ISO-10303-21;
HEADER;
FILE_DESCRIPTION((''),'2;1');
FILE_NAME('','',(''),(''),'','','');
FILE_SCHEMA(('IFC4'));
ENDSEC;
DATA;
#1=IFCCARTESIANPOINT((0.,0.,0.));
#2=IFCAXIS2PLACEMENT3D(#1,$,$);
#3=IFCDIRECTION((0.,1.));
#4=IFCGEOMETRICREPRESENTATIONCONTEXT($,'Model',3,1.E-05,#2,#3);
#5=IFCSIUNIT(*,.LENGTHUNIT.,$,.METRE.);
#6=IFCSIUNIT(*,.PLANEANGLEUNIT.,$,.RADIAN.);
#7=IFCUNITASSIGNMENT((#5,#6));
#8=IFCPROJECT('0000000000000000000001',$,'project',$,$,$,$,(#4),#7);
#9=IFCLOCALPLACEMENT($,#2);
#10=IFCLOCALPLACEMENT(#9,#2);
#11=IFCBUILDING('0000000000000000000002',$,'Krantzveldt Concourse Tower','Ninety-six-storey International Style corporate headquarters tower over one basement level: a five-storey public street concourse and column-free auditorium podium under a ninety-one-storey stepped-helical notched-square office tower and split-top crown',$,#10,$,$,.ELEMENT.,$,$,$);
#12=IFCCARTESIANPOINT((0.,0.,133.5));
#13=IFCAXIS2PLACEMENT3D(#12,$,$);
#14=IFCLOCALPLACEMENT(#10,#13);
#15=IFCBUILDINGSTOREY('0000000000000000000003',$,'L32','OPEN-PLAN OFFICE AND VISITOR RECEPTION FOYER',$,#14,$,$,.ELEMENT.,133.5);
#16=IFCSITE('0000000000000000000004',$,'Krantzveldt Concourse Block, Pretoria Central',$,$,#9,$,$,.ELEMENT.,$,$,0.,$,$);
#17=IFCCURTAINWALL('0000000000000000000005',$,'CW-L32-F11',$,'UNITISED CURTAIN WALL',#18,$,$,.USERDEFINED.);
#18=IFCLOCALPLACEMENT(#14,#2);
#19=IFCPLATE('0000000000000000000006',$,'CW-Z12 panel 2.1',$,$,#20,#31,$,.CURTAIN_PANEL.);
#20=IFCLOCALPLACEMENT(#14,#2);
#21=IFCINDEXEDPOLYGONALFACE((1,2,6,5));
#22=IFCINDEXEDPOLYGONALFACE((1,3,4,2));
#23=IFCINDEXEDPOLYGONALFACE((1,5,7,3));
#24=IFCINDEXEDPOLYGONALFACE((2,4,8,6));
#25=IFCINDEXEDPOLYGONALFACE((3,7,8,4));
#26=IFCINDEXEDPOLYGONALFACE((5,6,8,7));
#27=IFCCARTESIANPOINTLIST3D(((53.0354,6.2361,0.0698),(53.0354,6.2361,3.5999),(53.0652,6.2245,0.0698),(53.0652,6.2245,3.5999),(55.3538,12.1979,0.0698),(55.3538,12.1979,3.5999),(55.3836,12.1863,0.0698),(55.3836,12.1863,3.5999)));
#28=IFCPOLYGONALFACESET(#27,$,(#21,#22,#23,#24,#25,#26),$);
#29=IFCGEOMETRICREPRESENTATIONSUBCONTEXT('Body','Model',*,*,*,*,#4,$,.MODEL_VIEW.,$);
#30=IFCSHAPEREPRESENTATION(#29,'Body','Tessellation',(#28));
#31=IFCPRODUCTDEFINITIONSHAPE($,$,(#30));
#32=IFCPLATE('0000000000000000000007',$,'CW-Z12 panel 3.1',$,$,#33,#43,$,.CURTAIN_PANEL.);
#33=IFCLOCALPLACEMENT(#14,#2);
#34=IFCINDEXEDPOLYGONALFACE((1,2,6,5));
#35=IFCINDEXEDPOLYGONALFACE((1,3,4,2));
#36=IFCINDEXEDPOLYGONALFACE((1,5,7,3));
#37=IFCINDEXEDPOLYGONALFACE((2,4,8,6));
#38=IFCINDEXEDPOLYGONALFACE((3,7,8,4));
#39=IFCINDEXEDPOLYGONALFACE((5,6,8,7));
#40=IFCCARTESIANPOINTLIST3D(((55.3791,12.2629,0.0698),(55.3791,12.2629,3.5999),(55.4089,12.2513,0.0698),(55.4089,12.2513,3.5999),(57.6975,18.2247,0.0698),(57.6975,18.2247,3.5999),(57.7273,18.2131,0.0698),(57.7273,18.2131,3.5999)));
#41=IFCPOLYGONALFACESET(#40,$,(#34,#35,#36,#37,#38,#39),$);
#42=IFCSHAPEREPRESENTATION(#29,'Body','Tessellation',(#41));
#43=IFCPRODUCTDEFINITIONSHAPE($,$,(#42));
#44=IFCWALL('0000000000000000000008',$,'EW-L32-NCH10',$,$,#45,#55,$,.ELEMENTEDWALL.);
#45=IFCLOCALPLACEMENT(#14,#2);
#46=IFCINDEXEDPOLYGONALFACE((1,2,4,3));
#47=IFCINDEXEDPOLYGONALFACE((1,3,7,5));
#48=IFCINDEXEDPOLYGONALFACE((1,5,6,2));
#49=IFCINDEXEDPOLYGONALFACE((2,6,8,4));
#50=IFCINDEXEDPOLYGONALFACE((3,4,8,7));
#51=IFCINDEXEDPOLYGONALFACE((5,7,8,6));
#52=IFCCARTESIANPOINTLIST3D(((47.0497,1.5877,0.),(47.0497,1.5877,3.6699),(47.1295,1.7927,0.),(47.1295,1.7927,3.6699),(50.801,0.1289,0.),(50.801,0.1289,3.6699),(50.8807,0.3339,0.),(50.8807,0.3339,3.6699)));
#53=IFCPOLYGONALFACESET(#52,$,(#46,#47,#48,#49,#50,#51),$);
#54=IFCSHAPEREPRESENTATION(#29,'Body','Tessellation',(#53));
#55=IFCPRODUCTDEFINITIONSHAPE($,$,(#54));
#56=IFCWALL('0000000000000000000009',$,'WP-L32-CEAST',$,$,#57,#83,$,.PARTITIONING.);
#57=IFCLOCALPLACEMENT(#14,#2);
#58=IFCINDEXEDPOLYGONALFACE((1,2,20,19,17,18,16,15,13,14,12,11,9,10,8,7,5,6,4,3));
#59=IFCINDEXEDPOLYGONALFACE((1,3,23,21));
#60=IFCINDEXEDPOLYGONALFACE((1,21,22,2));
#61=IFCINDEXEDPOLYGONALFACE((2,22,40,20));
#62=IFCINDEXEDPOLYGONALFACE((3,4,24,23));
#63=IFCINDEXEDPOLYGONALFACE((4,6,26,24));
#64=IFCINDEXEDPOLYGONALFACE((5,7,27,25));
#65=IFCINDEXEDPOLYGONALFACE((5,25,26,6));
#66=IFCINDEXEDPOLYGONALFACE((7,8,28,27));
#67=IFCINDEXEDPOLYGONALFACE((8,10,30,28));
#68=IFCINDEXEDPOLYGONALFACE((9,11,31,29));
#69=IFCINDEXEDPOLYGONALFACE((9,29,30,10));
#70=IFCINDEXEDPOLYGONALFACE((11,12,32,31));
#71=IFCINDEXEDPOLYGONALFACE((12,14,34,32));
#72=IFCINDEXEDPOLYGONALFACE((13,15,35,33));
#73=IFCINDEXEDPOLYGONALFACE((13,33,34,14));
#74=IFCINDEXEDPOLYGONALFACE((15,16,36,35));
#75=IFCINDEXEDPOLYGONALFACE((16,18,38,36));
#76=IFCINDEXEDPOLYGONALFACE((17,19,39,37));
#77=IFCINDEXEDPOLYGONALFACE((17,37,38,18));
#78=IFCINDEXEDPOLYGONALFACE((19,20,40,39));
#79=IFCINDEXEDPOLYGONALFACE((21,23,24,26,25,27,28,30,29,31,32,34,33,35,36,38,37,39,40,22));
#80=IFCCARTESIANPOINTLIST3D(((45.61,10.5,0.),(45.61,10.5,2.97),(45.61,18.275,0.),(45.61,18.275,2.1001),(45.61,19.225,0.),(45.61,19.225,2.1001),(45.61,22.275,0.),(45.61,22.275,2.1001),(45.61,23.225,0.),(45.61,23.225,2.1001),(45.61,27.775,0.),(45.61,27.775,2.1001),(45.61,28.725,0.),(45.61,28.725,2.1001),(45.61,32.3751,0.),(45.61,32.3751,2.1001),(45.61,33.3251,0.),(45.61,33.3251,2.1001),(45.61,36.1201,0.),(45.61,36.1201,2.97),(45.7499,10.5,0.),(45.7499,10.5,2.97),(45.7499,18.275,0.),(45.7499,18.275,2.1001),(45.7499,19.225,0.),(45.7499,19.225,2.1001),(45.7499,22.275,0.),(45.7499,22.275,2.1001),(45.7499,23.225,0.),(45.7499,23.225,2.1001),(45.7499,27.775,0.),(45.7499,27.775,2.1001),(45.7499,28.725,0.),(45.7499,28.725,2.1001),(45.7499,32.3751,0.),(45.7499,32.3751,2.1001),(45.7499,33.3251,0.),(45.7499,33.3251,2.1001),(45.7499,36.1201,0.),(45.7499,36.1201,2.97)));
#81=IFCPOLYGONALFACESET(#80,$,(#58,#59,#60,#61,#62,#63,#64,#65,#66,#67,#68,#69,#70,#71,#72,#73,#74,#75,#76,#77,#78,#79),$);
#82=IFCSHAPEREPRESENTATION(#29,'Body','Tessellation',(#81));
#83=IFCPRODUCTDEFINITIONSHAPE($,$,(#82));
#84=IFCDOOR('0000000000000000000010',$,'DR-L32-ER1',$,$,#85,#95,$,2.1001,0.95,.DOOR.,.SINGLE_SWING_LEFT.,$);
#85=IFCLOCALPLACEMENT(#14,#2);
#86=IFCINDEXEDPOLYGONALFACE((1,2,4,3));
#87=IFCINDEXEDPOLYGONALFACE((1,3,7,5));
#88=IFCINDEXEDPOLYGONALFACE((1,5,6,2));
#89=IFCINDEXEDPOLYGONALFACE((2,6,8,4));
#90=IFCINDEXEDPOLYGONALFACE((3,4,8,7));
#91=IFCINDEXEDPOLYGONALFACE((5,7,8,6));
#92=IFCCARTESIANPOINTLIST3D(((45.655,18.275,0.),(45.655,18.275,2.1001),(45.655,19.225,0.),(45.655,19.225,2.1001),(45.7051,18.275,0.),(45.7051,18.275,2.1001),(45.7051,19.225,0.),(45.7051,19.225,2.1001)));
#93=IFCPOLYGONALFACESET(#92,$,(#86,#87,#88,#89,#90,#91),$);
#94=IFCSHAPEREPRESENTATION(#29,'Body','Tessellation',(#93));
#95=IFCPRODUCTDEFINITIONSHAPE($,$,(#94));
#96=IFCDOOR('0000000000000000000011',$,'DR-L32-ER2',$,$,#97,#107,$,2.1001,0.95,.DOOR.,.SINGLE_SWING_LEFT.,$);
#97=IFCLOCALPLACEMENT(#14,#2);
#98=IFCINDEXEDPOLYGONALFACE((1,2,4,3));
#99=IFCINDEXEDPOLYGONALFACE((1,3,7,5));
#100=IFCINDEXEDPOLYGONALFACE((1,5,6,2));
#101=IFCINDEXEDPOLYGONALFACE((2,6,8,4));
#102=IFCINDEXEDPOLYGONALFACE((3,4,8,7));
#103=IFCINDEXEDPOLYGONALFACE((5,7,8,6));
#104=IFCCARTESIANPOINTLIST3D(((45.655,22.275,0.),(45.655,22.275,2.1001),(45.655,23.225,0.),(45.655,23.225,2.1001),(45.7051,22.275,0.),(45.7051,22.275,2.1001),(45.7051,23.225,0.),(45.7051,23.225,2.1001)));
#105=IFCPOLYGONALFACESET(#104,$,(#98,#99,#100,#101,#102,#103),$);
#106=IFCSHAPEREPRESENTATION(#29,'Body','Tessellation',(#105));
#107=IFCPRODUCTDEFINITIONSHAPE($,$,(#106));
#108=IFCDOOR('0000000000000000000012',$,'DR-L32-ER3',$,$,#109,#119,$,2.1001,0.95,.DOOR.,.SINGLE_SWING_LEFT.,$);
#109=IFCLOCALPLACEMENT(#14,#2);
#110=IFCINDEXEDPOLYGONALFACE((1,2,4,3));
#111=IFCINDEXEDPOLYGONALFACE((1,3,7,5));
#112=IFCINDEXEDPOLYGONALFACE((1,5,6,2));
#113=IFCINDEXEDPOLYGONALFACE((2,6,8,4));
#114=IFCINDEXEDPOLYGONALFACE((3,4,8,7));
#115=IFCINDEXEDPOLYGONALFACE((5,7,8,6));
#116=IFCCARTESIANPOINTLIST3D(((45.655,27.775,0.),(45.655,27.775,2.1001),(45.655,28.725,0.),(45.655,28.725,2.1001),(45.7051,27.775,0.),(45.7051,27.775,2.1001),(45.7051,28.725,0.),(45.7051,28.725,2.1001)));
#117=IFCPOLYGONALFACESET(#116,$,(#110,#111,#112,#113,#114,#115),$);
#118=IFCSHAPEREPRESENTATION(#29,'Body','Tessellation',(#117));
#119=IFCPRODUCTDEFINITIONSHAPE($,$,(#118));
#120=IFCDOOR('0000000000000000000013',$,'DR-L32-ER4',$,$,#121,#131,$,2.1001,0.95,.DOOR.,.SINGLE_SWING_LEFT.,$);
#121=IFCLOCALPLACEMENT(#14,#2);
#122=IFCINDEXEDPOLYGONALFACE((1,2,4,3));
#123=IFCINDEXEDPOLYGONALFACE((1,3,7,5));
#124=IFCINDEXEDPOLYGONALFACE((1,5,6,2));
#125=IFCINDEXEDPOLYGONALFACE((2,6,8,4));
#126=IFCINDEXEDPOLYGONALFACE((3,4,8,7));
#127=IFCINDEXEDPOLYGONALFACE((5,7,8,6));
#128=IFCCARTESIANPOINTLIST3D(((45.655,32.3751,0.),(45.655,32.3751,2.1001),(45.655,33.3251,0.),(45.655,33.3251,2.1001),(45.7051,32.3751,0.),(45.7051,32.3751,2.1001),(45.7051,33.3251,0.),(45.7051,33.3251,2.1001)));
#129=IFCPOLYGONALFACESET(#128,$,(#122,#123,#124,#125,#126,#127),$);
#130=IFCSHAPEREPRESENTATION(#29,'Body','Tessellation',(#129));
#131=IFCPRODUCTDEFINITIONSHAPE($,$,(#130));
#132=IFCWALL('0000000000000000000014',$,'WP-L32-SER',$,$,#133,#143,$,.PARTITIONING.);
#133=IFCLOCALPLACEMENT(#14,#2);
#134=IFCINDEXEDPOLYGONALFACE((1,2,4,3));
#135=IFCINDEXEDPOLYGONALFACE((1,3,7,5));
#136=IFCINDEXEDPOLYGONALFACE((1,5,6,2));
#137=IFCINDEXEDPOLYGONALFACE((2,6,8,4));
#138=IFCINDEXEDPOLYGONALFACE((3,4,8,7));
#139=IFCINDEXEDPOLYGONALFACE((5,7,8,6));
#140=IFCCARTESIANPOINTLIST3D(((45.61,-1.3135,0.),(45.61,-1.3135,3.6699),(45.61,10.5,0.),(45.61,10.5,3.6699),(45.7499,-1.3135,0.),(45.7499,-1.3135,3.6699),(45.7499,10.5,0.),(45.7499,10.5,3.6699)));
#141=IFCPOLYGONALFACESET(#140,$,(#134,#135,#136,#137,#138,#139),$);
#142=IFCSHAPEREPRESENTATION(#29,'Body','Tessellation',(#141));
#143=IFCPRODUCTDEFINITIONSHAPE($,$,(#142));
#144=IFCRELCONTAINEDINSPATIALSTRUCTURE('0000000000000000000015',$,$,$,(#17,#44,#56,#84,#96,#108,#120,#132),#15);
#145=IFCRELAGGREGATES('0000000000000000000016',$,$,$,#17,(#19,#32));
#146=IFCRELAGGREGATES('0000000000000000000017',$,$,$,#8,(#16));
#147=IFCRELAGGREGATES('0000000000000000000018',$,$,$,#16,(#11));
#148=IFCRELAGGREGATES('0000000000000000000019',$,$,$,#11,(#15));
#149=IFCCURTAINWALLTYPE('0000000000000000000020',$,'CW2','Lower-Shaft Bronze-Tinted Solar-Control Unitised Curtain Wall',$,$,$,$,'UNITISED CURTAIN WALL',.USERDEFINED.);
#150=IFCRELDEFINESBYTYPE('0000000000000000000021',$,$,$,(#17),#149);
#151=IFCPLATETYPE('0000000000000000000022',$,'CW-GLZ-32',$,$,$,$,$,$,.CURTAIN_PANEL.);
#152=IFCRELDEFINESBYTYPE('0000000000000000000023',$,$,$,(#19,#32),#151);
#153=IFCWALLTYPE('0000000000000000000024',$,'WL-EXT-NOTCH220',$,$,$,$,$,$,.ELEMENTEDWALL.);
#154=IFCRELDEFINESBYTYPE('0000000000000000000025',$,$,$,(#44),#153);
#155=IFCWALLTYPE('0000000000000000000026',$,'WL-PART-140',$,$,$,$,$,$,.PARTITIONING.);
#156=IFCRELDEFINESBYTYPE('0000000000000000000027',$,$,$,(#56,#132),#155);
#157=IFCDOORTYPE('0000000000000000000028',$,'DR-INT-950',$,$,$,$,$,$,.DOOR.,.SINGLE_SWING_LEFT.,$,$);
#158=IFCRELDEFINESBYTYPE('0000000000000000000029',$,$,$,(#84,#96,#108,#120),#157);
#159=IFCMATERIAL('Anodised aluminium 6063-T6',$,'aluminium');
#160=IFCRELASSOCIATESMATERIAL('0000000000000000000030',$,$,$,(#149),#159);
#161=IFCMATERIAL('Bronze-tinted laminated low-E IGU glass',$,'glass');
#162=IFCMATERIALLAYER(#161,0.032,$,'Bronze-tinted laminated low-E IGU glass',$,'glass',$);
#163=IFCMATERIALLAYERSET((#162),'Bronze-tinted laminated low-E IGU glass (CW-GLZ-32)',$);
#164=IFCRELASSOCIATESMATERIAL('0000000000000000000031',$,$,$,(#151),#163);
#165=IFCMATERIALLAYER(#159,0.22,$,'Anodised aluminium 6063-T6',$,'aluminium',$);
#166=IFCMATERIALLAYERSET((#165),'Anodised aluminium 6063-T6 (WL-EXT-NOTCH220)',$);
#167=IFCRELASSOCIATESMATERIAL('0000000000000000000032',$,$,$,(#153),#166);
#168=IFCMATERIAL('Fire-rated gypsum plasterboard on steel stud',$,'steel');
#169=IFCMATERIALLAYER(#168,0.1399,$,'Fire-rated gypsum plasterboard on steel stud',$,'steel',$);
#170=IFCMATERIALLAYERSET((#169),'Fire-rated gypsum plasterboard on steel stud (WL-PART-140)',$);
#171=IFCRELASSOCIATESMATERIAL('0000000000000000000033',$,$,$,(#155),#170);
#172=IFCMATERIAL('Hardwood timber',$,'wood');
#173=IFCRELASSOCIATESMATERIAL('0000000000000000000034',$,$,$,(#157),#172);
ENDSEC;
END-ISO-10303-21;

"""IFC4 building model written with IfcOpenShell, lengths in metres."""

from ifc_helpers import new_model, si_unit, direction, frame, frame_2d, origin, origin_2d, place, context, subcontext, project, spatial, rectangle, extrude, source, transform, mapped, material, layer, layer_set, type_object, element, fill, aggregate, save


model = new_model("IFC4")

# Units and contexts
model_context = context("Model", 3, precision=1e-05, world=origin(), true_north=direction((0.0, 1.0)))
body_context = subcontext(model_context, "Body", "Model", "MODEL_VIEW")
ifc_project = project(units=[si_unit("LENGTHUNIT", "METRE"), si_unit("PLANEANGLEUNIT", "RADIAN")], contexts=[model_context])

# Site, building, storey
site_placement = place(None, origin())
site = spatial("IfcSite", under=ifc_project, at=site_placement, Name="Krantzveldt Concourse Block, Pretoria Central", CompositionType="ELEMENT", RefElevation=0.0)
building_placement = place(site_placement, origin())
building = spatial("IfcBuilding", under=site, at=building_placement, Name="Krantzveldt Concourse Tower", Description="Ninety-six-storey International Style corporate headquarters tower over one basement level: a five-storey public street concourse and column-free auditorium podium under a ninety-one-storey stepped-helical notched-square office tower and split-top crown", CompositionType="ELEMENT")
storey_placement = place(building_placement, frame((0.0, 0.0, 133.5)))
storey = spatial("IfcBuildingStorey", under=building, at=storey_placement, Name="L32", Description="OPEN-PLAN OFFICE AND VISITOR RECEPTION FOYER", CompositionType="ELEMENT", Elevation=133.5)

# Curtain wall, plates
ifc_material_1 = material(Name="Anodised aluminium 6063-T6", Category="aluminium")
curtain_wall_type = type_object("IfcCurtainWallType", Name="CW2", Description="Lower-Shaft Bronze-Tinted Solar-Control Unitised Curtain Wall", ElementType="UNITISED CURTAIN WALL", PredefinedType="USERDEFINED", material=ifc_material_1)
curtain_wall_placement = place(storey_placement, origin())
curtain_wall = element("IfcCurtainWall", 1, at=curtain_wall_placement, inside=storey, type_object=curtain_wall_type, Name="CW-L32-F11", ObjectType="UNITISED CURTAIN WALL", PredefinedType="USERDEFINED")
ifc_material_2 = material(Name="Bronze-tinted laminated low-E IGU glass", Category="glass")
ifc_layer_1 = layer(ifc_material_2, 0.032, Name="Bronze-tinted laminated low-E IGU glass", Category="glass")
ifc_layer_set_1 = layer_set([ifc_layer_1], Name="Bronze-tinted laminated low-E IGU glass (CW-GLZ-32)")
plate_type = type_object("IfcPlateType", Name="CW-GLZ-32", PredefinedType="CURTAIN_PANEL", material=ifc_layer_set_1)
shared_shape_1 = source(origin(), body_context, "Body", "SweptSolid", [
    extrude(rectangle(XDim=6.3967, YDim=0.032, at=origin_2d()), origin(), (0.0, 0.0, 1.0), 3.53),
])
plate_1_placement = place(storey_placement, frame((54.2095, 9.2112, 0.0698), z_axis=(0.0, 0.0, 1.0), x_axis=(0.362438, 0.932008, 0.0)))
plate_1 = element("IfcPlate", 2, at=plate_1_placement, type_object=plate_type, Name="CW-Z12 panel 2.1", PredefinedType="CURTAIN_PANEL", context=body_context, shape_type="MappedRepresentation", body=[
    mapped(shared_shape_1, transform((0.0, 0.0, 0.0), x_axis=(1.0, 0.0, 0.0), y_axis=(0.0, 1.0, 0.0), z_axis=(0.0, 0.0, 1.0), scale=1.0)),
])
plate_2_placement = place(storey_placement, frame((56.5532, 15.238, 0.0698), z_axis=(0.0, 0.0, 1.0), x_axis=(0.362438, 0.932008, 0.0)))
plate_2 = element("IfcPlate", 3, at=plate_2_placement, type_object=plate_type, Name="CW-Z12 panel 3.1", PredefinedType="CURTAIN_PANEL", context=body_context, shape_type="MappedRepresentation", body=[
    mapped(shared_shape_1, transform((0.0, 0.0, 0.0), x_axis=(1.0, 0.0, 0.0), y_axis=(0.0, 1.0, 0.0), z_axis=(0.0, 0.0, 1.0), scale=1.0)),
])
aggregate(curtain_wall, [plate_1, plate_2])

# Wall
ifc_layer_2 = layer(ifc_material_1, 0.22, Name="Anodised aluminium 6063-T6", Category="aluminium")
ifc_layer_set_2 = layer_set([ifc_layer_2], Name="Anodised aluminium 6063-T6 (WL-EXT-NOTCH220)")
wall_type_1 = type_object("IfcWallType", Name="WL-EXT-NOTCH220", PredefinedType="ELEMENTEDWALL", material=ifc_layer_set_2)
wall_1_placement = place(storey_placement, frame((47.0896, 1.6902, 0.0), z_axis=(0.0, 0.0, 1.0), x_axis=(0.93201, -0.362432, 0.0)))
element("IfcWall", 4, at=wall_1_placement, inside=storey, type_object=wall_type_1, Name="EW-L32-NCH10", PredefinedType="ELEMENTEDWALL", context=body_context, shape_type="SweptSolid", body=[
    extrude(rectangle(XDim=4.0249, YDim=0.22, at=frame_2d((2.0125, 0.0))), origin(), (0.0, 0.0, 1.0), 3.6699),
])

# Wall, openings, doors
ifc_material_3 = material(Name="Fire-rated gypsum plasterboard on steel stud", Category="steel")
ifc_layer_3 = layer(ifc_material_3, 0.1399, Name="Fire-rated gypsum plasterboard on steel stud", Category="steel")
ifc_layer_set_3 = layer_set([ifc_layer_3], Name="Fire-rated gypsum plasterboard on steel stud (WL-PART-140)")
wall_type_2 = type_object("IfcWallType", Name="WL-PART-140", PredefinedType="PARTITIONING", material=ifc_layer_set_3)
wall_2_placement = place(storey_placement, frame((45.6799, 10.5, 0.0), z_axis=(0.0, 0.0, 1.0), x_axis=(0.0, 1.0, 0.0)))
wall_2 = element("IfcWall", 5, at=wall_2_placement, inside=storey, type_object=wall_type_2, Name="WP-L32-CEAST", PredefinedType="PARTITIONING", context=body_context, shape_type="SweptSolid", body=[
    extrude(rectangle(XDim=25.6201, YDim=0.1399, at=frame_2d((12.8101, 0.0))), origin(), (0.0, 0.0, 1.0), 2.97),
])
opening_1_placement = place(wall_2_placement, frame((7.7749, 0.0, 0.0)))
opening_1 = element("IfcOpeningElement", 6, at=opening_1_placement, cuts=wall_2, PredefinedType="OPENING", context=body_context, shape_type="SweptSolid", body=[
    extrude(rectangle(XDim=0.95, YDim=2.1001, at=frame_2d((0.4751, 1.05))), frame((0.0, 0.0801, 0.0), z_axis=(0.0, -1.0, 0.0), x_axis=(1.0, 0.0, 0.0)), (0.0, 0.0, 1.0), 0.1599),
])
opening_2_placement = place(wall_2_placement, frame((11.7749, 0.0, 0.0)))
opening_2 = element("IfcOpeningElement", 7, at=opening_2_placement, cuts=wall_2, PredefinedType="OPENING", context=body_context, shape_type="SweptSolid", body=[
    extrude(rectangle(XDim=0.95, YDim=2.1001, at=frame_2d((0.4751, 1.05))), frame((0.0, 0.0801, 0.0), z_axis=(0.0, -1.0, 0.0), x_axis=(1.0, 0.0, 0.0)), (0.0, 0.0, 1.0), 0.1599),
])
opening_3_placement = place(wall_2_placement, frame((17.2749, 0.0, 0.0)))
opening_3 = element("IfcOpeningElement", 8, at=opening_3_placement, cuts=wall_2, PredefinedType="OPENING", context=body_context, shape_type="SweptSolid", body=[
    extrude(rectangle(XDim=0.95, YDim=2.1001, at=frame_2d((0.4751, 1.05))), frame((0.0, 0.0801, 0.0), z_axis=(0.0, -1.0, 0.0), x_axis=(1.0, 0.0, 0.0)), (0.0, 0.0, 1.0), 0.1599),
])
opening_4_placement = place(wall_2_placement, frame((21.875, 0.0, 0.0)))
opening_4 = element("IfcOpeningElement", 9, at=opening_4_placement, cuts=wall_2, PredefinedType="OPENING", context=body_context, shape_type="SweptSolid", body=[
    extrude(rectangle(XDim=0.95, YDim=2.1001, at=frame_2d((0.4751, 1.05))), frame((0.0, 0.0801, 0.0), z_axis=(0.0, -1.0, 0.0), x_axis=(1.0, 0.0, 0.0)), (0.0, 0.0, 1.0), 0.1599),
])
ifc_material_4 = material(Name="Hardwood timber", Category="wood")
door_type = type_object("IfcDoorType", Name="DR-INT-950", OperationType="SINGLE_SWING_LEFT", PredefinedType="DOOR", material=ifc_material_4)
door_1_placement = place(opening_1_placement, origin())
door_1 = element("IfcDoor", 10, at=door_1_placement, inside=storey, type_object=door_type, Name="DR-L32-ER1", OperationType="SINGLE_SWING_LEFT", OverallHeight=2.1001, OverallWidth=0.95, PredefinedType="DOOR", context=body_context, shape_type="SweptSolid", body=[
    extrude(rectangle(XDim=0.95, YDim=2.1001, at=frame_2d((0.4751, 1.05))), frame((0.0, 0.0249, 0.0), z_axis=(0.0, -1.0, 0.0), x_axis=(1.0, 0.0, 0.0)), (0.0, 0.0, 1.0), 0.05),
])
fill(opening_1, door_1)
door_2_placement = place(opening_2_placement, origin())
door_2 = element("IfcDoor", 11, at=door_2_placement, inside=storey, type_object=door_type, Name="DR-L32-ER2", OperationType="SINGLE_SWING_LEFT", OverallHeight=2.1001, OverallWidth=0.95, PredefinedType="DOOR", context=body_context, shape_type="SweptSolid", body=[
    extrude(rectangle(XDim=0.95, YDim=2.1001, at=frame_2d((0.4751, 1.05))), frame((0.0, 0.0249, 0.0), z_axis=(0.0, -1.0, 0.0), x_axis=(1.0, 0.0, 0.0)), (0.0, 0.0, 1.0), 0.05),
])
fill(opening_2, door_2)
door_3_placement = place(opening_3_placement, origin())
door_3 = element("IfcDoor", 12, at=door_3_placement, inside=storey, type_object=door_type, Name="DR-L32-ER3", OperationType="SINGLE_SWING_LEFT", OverallHeight=2.1001, OverallWidth=0.95, PredefinedType="DOOR", context=body_context, shape_type="SweptSolid", body=[
    extrude(rectangle(XDim=0.95, YDim=2.1001, at=frame_2d((0.4751, 1.05))), frame((0.0, 0.0249, 0.0), z_axis=(0.0, -1.0, 0.0), x_axis=(1.0, 0.0, 0.0)), (0.0, 0.0, 1.0), 0.05),
])
fill(opening_3, door_3)
door_4_placement = place(opening_4_placement, origin())
door_4 = element("IfcDoor", 13, at=door_4_placement, inside=storey, type_object=door_type, Name="DR-L32-ER4", OperationType="SINGLE_SWING_LEFT", OverallHeight=2.1001, OverallWidth=0.95, PredefinedType="DOOR", context=body_context, shape_type="SweptSolid", body=[
    extrude(rectangle(XDim=0.95, YDim=2.1001, at=frame_2d((0.4751, 1.05))), frame((0.0, 0.0249, 0.0), z_axis=(0.0, -1.0, 0.0), x_axis=(1.0, 0.0, 0.0)), (0.0, 0.0, 1.0), 0.05),
])
fill(opening_4, door_4)

# Wall
wall_3_placement = place(storey_placement, frame((45.6799, -1.3135, 0.0), z_axis=(0.0, 0.0, 1.0), x_axis=(0.0, 1.0, 0.0)))
element("IfcWall", 14, at=wall_3_placement, inside=storey, type_object=wall_type_2, Name="WP-L32-SER", PredefinedType="PARTITIONING", context=body_context, shape_type="SweptSolid", body=[
    extrude(rectangle(XDim=11.8135, YDim=0.1399, at=frame_2d((5.9067, 0.0))), origin(), (0.0, 0.0, 1.0), 3.6699),
])

save(model, "model.ifc")
